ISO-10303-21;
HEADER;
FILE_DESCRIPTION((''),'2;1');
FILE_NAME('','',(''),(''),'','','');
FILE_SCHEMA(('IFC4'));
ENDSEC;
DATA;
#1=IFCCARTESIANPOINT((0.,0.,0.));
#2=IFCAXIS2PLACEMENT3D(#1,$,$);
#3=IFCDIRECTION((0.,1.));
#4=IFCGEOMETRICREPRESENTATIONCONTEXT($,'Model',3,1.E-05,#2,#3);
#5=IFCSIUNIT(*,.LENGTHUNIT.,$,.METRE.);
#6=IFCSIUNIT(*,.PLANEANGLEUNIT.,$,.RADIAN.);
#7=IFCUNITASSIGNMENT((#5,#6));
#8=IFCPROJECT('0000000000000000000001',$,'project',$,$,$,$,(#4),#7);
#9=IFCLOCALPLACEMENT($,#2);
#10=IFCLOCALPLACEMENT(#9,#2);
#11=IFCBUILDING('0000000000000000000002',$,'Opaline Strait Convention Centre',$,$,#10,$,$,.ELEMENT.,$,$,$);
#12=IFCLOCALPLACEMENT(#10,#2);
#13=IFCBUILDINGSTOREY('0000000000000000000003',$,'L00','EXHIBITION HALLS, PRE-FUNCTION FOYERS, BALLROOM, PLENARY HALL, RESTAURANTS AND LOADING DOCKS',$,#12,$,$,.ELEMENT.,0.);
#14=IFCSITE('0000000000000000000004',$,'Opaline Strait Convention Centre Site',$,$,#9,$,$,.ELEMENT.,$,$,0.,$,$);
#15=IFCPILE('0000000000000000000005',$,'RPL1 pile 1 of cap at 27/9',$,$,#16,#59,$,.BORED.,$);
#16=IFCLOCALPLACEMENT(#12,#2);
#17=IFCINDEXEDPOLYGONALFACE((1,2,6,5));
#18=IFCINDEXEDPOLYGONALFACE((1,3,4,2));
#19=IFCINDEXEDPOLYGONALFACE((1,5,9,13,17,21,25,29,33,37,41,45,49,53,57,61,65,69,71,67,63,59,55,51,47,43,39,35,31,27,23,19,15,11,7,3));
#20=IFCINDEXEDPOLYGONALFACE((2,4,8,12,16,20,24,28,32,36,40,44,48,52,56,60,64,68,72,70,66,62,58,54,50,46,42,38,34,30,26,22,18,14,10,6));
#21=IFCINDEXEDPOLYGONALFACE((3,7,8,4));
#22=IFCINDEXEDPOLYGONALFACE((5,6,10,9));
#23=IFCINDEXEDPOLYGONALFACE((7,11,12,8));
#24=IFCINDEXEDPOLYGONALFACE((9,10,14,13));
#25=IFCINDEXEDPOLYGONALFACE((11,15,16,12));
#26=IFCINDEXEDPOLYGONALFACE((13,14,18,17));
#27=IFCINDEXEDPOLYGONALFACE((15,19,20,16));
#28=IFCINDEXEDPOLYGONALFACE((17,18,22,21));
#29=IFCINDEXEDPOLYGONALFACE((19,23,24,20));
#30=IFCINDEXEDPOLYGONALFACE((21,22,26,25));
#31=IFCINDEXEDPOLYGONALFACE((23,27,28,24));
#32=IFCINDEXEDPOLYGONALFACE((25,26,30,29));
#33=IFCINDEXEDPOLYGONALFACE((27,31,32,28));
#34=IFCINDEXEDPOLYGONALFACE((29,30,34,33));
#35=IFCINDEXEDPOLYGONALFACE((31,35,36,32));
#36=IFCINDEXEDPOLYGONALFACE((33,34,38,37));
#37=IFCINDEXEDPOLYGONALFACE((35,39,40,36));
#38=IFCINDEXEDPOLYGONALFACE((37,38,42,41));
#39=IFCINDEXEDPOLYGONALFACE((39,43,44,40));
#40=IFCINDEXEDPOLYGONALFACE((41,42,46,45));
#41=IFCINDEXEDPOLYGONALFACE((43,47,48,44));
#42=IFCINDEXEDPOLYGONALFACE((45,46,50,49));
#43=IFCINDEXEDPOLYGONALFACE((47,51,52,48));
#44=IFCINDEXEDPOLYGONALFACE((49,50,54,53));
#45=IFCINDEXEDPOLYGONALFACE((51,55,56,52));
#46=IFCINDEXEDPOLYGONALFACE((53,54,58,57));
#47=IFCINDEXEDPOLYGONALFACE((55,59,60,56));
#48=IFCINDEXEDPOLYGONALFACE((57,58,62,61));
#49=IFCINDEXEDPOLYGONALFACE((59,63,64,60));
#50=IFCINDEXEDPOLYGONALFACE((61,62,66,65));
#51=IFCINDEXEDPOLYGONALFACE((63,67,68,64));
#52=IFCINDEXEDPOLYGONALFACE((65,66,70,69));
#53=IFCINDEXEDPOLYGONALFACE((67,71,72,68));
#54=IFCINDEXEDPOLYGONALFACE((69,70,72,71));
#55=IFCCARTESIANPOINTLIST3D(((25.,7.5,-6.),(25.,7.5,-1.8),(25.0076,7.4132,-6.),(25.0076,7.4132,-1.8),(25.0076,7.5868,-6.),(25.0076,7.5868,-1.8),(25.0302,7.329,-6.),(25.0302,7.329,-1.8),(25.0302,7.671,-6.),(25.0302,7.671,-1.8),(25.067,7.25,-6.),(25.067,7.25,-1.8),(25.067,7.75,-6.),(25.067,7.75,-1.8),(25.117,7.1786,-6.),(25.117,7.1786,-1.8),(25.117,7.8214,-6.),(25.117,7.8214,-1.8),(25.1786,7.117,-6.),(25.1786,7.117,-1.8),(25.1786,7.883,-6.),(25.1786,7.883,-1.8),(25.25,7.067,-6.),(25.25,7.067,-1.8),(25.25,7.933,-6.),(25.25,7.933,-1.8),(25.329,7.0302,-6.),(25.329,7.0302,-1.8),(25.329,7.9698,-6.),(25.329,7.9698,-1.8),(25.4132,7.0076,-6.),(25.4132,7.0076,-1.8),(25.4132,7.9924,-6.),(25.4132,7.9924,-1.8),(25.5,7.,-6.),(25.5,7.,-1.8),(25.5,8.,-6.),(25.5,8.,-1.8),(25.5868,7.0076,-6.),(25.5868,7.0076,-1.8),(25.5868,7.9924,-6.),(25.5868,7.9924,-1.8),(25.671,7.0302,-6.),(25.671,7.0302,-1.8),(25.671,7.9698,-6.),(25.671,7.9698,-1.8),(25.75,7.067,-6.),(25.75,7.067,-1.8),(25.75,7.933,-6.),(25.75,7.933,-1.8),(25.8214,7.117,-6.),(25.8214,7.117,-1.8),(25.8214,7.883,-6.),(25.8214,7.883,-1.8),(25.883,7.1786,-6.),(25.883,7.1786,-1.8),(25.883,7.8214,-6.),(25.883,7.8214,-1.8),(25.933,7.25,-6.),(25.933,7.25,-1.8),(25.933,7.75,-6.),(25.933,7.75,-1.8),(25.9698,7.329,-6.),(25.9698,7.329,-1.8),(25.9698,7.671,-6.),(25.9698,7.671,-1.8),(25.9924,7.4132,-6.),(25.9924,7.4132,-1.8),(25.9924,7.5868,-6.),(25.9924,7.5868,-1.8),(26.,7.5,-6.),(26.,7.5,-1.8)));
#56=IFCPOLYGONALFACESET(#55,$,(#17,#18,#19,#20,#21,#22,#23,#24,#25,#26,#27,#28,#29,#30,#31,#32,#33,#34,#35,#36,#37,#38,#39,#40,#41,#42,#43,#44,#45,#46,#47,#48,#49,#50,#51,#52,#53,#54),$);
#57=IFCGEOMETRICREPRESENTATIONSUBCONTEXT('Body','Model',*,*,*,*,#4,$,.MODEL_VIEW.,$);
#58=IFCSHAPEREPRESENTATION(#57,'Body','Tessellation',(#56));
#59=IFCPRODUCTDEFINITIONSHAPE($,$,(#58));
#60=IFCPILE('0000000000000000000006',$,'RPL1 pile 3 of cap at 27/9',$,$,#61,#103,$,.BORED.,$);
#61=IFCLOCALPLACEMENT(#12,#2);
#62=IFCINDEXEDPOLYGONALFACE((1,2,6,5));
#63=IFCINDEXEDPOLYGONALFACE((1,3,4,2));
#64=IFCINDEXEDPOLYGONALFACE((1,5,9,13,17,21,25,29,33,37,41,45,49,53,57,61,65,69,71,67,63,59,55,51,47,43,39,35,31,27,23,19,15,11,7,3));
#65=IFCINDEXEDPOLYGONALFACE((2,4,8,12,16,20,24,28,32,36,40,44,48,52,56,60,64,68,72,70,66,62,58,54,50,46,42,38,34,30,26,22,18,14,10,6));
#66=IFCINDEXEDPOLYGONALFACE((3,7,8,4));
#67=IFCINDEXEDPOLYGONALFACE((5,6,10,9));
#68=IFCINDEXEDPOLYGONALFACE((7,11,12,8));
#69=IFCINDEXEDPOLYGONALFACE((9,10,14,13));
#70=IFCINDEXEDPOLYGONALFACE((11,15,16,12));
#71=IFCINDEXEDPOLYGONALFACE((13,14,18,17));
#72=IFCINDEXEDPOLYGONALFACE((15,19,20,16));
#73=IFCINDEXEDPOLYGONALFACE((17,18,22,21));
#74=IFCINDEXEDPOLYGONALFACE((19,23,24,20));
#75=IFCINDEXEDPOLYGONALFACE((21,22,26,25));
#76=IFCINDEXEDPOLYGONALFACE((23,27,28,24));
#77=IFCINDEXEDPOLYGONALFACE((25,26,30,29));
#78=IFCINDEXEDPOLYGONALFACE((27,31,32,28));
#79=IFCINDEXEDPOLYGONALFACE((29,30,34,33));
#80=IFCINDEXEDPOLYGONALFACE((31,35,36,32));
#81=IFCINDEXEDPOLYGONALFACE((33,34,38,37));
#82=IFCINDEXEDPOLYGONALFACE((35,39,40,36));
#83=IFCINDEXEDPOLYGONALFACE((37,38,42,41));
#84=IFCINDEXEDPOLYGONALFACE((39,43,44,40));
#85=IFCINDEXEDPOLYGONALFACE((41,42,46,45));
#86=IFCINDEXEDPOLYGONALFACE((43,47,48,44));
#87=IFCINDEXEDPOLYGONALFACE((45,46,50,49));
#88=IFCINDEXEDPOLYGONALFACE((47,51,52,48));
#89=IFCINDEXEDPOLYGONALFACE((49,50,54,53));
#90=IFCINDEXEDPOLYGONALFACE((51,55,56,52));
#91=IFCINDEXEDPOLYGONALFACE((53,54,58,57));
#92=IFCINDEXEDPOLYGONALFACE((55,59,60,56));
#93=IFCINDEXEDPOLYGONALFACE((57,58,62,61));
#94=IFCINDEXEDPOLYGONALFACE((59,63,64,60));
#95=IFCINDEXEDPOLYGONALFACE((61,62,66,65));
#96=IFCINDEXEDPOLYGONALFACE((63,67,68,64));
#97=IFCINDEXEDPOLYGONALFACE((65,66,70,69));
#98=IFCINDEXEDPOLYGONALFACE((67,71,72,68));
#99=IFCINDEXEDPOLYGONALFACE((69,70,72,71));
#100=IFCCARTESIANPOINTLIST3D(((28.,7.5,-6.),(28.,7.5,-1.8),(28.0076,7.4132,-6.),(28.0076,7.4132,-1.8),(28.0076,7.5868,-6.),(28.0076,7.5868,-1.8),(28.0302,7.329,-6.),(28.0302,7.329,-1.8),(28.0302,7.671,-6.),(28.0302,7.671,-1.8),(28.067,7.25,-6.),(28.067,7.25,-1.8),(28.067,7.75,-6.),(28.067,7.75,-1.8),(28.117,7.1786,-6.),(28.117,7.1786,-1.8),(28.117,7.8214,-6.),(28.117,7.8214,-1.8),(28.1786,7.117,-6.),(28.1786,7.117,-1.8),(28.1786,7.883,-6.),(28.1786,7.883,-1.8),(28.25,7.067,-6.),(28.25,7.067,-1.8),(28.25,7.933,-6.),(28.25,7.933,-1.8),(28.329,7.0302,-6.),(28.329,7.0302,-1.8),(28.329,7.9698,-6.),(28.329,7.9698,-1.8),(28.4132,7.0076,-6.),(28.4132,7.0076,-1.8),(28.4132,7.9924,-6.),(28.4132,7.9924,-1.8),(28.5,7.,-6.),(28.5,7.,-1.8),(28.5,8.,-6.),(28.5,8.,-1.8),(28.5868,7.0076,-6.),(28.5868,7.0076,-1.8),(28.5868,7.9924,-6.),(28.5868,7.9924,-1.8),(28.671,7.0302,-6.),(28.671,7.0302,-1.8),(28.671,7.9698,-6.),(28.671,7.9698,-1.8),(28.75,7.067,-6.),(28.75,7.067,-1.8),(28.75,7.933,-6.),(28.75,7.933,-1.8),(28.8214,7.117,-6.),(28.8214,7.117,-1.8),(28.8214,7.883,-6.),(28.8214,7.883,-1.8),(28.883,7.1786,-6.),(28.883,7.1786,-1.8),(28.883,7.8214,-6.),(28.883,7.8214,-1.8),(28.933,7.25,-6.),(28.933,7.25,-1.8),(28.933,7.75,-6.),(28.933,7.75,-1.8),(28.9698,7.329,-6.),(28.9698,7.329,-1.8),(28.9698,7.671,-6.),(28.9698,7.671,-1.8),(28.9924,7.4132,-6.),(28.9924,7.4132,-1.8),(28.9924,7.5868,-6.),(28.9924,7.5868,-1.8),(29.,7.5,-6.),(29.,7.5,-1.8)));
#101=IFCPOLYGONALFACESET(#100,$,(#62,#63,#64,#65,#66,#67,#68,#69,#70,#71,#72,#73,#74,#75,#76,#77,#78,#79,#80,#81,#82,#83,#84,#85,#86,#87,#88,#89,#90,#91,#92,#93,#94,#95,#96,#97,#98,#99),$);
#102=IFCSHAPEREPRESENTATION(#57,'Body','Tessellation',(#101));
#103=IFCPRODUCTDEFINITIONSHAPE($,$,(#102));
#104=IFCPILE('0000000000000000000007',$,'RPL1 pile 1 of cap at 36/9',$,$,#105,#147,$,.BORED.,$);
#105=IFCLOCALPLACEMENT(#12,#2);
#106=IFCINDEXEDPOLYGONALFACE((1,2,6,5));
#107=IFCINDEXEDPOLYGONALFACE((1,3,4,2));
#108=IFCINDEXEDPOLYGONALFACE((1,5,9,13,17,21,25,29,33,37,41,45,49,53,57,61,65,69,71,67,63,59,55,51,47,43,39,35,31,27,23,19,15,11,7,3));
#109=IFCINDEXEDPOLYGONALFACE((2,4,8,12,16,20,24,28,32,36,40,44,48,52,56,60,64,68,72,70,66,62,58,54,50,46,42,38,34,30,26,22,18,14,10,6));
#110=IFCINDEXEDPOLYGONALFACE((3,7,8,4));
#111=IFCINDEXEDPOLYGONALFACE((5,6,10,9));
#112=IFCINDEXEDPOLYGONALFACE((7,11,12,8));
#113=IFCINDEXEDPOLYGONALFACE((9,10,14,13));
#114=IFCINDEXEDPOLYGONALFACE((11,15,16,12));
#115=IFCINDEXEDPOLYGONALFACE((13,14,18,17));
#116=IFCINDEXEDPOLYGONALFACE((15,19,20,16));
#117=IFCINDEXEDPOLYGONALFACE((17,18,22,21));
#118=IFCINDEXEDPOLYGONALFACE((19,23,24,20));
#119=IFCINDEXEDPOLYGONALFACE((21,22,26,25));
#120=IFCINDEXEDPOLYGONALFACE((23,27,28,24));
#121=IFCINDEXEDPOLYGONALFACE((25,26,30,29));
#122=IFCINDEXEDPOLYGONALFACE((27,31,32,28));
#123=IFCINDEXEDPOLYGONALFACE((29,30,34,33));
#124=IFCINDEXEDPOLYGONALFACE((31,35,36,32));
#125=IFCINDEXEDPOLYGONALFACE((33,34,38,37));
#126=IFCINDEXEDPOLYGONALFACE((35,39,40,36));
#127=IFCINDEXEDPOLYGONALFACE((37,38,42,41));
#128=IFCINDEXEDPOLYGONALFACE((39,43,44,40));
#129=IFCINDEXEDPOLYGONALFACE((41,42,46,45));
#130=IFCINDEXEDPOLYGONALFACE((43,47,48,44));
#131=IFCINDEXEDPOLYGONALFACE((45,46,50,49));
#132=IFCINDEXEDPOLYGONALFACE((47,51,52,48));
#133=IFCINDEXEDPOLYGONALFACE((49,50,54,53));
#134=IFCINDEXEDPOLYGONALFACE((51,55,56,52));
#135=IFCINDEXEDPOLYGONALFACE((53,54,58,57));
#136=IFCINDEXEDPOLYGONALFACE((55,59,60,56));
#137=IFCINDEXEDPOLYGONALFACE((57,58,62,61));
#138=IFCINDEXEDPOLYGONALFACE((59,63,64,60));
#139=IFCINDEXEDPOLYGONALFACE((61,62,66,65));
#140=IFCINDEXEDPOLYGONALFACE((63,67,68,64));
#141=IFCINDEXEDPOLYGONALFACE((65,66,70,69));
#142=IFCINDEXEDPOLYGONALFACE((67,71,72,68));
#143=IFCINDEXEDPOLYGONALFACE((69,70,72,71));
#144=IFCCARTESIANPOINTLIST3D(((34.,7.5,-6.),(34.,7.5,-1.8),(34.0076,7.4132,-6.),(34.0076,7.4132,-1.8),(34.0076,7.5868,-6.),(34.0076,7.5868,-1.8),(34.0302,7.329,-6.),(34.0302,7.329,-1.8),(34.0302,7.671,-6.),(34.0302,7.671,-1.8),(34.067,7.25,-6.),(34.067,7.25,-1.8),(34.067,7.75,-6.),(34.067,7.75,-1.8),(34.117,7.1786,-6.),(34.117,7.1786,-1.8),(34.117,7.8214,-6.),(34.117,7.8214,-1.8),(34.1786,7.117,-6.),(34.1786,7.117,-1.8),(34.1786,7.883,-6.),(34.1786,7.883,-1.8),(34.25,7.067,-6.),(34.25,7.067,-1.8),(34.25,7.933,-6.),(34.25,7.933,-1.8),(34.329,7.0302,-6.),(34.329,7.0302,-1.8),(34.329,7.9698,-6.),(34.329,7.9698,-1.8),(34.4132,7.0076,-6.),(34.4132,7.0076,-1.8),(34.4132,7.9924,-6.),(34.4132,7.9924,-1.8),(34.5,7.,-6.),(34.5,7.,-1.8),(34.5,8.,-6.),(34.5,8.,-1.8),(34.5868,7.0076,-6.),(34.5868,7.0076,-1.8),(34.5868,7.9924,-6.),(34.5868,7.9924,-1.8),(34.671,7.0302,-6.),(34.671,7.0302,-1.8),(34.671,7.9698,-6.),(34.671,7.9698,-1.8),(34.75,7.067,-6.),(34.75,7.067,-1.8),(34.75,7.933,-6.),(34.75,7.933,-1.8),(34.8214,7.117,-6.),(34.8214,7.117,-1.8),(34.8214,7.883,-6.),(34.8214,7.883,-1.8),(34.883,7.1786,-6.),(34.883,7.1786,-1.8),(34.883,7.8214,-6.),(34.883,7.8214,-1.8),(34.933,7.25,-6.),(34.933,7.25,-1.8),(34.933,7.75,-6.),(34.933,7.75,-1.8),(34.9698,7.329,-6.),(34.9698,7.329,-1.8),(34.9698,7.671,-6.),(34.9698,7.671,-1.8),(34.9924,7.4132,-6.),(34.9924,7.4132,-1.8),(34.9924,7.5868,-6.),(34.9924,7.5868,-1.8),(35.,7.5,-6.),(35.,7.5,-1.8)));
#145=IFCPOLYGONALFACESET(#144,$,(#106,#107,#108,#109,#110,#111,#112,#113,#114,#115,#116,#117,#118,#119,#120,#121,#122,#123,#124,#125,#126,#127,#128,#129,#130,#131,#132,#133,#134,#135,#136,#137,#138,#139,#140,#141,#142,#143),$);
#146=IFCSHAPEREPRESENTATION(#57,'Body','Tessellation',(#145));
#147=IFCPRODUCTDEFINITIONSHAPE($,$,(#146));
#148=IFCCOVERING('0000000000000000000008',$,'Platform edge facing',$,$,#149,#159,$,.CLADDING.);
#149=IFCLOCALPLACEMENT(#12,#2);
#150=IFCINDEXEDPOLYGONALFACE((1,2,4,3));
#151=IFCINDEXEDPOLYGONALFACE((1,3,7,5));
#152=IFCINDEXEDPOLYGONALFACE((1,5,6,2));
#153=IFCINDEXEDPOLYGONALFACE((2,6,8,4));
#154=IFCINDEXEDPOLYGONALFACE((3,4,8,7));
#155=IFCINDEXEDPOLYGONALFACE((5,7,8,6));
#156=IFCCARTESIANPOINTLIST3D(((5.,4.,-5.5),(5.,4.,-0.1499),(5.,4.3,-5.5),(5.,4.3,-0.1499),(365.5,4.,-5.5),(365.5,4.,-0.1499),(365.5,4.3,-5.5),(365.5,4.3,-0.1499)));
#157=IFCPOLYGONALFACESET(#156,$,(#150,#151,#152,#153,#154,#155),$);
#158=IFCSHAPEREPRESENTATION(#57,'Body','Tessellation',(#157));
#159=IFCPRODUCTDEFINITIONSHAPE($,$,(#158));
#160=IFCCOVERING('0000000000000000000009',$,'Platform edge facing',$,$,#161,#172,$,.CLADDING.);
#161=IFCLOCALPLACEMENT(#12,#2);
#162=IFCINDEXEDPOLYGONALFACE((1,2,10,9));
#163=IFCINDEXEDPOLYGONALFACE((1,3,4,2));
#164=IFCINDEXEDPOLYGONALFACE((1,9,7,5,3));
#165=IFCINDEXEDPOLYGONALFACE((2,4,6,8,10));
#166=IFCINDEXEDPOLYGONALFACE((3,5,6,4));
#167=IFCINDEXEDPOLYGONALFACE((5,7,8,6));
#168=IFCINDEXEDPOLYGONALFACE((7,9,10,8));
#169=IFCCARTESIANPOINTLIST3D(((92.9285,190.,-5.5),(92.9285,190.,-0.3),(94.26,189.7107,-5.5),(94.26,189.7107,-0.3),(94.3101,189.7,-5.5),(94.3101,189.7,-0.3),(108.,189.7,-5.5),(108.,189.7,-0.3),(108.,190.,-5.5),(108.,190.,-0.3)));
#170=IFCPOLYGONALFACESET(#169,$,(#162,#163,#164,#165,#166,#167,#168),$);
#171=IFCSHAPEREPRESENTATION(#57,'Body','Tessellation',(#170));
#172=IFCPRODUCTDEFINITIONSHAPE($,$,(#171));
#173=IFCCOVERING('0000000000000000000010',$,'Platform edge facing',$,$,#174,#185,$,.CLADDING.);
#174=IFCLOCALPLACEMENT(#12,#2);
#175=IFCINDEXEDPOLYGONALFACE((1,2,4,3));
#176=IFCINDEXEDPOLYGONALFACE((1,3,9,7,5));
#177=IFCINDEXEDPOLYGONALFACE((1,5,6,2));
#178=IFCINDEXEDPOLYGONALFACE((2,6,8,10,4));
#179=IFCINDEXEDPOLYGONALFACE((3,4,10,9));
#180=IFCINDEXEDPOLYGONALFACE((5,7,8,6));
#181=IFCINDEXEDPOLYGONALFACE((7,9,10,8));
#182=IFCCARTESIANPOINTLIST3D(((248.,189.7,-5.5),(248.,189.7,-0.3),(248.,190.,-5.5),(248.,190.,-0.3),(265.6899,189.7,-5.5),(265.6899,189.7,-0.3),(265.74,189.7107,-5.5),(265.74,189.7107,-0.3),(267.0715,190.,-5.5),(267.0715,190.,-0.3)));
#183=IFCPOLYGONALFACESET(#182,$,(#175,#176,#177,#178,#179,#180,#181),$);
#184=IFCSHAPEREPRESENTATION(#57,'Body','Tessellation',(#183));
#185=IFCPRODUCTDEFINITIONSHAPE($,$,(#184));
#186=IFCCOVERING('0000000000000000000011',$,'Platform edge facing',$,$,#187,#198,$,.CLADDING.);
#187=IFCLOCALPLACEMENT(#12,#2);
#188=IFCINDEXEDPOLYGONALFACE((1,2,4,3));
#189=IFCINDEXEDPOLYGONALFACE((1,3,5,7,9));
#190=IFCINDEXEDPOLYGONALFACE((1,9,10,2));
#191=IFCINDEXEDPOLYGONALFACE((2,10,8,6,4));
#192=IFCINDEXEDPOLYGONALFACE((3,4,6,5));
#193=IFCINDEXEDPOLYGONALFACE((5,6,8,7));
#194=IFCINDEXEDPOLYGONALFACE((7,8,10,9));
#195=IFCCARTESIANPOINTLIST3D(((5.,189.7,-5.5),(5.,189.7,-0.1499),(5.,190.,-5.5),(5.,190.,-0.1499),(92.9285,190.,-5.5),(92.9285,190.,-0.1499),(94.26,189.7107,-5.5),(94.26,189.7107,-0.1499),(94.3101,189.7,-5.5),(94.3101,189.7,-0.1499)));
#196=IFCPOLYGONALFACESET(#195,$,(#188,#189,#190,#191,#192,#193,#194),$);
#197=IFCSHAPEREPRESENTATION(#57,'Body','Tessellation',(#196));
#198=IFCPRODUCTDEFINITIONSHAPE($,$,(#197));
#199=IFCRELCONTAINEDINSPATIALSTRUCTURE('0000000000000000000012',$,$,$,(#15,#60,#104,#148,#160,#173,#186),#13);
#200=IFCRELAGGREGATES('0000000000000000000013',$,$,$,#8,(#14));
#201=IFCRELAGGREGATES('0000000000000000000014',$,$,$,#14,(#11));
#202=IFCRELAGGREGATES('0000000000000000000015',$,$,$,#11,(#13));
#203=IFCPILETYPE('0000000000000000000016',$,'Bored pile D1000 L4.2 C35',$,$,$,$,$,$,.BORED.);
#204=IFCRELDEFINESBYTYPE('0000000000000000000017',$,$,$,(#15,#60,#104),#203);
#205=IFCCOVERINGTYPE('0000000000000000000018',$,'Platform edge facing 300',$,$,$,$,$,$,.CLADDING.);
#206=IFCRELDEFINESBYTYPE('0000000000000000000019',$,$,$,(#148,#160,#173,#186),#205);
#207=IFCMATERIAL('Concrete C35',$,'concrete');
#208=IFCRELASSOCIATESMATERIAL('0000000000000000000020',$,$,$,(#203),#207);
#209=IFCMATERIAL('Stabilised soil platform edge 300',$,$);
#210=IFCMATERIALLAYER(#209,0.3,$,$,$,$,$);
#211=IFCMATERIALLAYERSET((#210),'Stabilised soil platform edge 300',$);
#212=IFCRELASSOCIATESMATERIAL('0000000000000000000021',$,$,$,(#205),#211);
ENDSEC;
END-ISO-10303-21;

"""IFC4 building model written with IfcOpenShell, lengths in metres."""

from ifc_helpers import new_model, si_unit, direction, frame, origin, origin_2d, place, context, subcontext, project, spatial, polyline, circle, outline, extrude, material, layer, layer_set, material_profile, profile_set, type_object, element, save


model = new_model("IFC4")

# Units and contexts
model_context = context("Model", 3, precision=1e-05, world=origin(), true_north=direction((0.0, 1.0)))
body_context = subcontext(model_context, "Body", "Model", "MODEL_VIEW")
ifc_project = project(units=[si_unit("LENGTHUNIT", "METRE"), si_unit("PLANEANGLEUNIT", "RADIAN")], contexts=[model_context])

# Site, building, storey
site_placement = place(None, origin())
site = spatial("IfcSite", under=ifc_project, at=site_placement, Name="Opaline Strait Convention Centre Site", CompositionType="ELEMENT", RefElevation=0.0)
building_placement = place(site_placement, origin())
building = spatial("IfcBuilding", under=site, at=building_placement, Name="Opaline Strait Convention Centre", CompositionType="ELEMENT")
storey_placement = place(building_placement, origin())
storey = spatial("IfcBuildingStorey", under=building, at=storey_placement, Name="L00", Description="EXHIBITION HALLS, PRE-FUNCTION FOYERS, BALLROOM, PLENARY HALL, RESTAURANTS AND LOADING DOCKS", CompositionType="ELEMENT", Elevation=0.0)

# Piles
ifc_material_1 = material(Name="Concrete C35", Category="concrete")
ifc_material_profile = material_profile(ifc_material_1, circle(Radius=0.5, at=origin_2d()), Name="D1000")
ifc_profile_set = profile_set([ifc_material_profile], Name="Concrete C35")
pile_type = type_object("IfcPileType", Name="Bored pile D1000 L4.2 C35", PredefinedType="BORED", material=ifc_profile_set)
for number, where, z_axis, x_axis, name in (
    (1, (25.5, 7.5, -1.8), (0.0, 0.0, -1.0), (1.0, 0.0, 0.0), "RPL1 pile 1 of cap at 27/9"),
    (2, (28.5, 7.5, -1.8), (0.0, 0.0, -1.0), (1.0, 0.0, 0.0), "RPL1 pile 3 of cap at 27/9"),
    (3, (34.5, 7.5, -1.8), (0.0, 0.0, -1.0), (1.0, 0.0, 0.0), "RPL1 pile 1 of cap at 36/9"),
):
    element("IfcPile", number, at=place(storey_placement, frame(where, z_axis=z_axis, x_axis=x_axis)), inside=storey, type_object=pile_type, Name=name, PredefinedType="BORED", context=body_context, shape_type="SweptSolid", body=[
        extrude(circle(Radius=0.5, at=origin_2d()), origin(), (0.0, 0.0, 1.0), 4.2),
    ])

# Coverings
ifc_material_2 = material(Name="Stabilised soil platform edge 300")
ifc_layer_1 = layer(ifc_material_2, 0.3)
ifc_layer_set_1 = layer_set([ifc_layer_1], Name="Stabilised soil platform edge 300")
covering_type_1 = type_object("IfcCoveringType", Name="Platform edge facing 300", PredefinedType="CLADDING", material=ifc_layer_set_1)
covering_1_placement = place(storey_placement, frame((0.0, 0.0, -5.5)))
element("IfcCovering", 4, at=covering_1_placement, inside=storey, type_object=covering_type_1, Name="Platform edge facing", PredefinedType="CLADDING", context=body_context, shape_type="SweptSolid", body=[
    extrude(outline(polyline([(5.0, 4.0), (365.5, 4.0), (365.5, 4.3), (5.0, 4.3), (5.0, 4.0)])), origin(), (0.0, 0.0, 1.0), 5.3501),
])
covering_2_placement = place(storey_placement, frame((0.0, 0.0, -5.5)))
element("IfcCovering", 5, at=covering_2_placement, inside=storey, type_object=covering_type_1, Name="Platform edge facing", PredefinedType="CLADDING", context=body_context, shape_type="SweptSolid", body=[
    extrude(outline(polyline([(108.0, 190.0), (92.9285, 190.0), (94.26, 189.7107), (94.3101, 189.7), (108.0, 189.7), (108.0, 190.0)])), origin(), (0.0, 0.0, 1.0), 5.2),
])
covering_3_placement = place(storey_placement, frame((0.0, 0.0, -5.5)))
element("IfcCovering", 6, at=covering_3_placement, inside=storey, type_object=covering_type_1, Name="Platform edge facing", PredefinedType="CLADDING", context=body_context, shape_type="SweptSolid", body=[
    extrude(outline(polyline([(267.0715, 190.0), (248.0, 190.0), (248.0, 189.7), (265.6899, 189.7), (265.74, 189.7107), (267.0715, 190.0)])), origin(), (0.0, 0.0, 1.0), 5.2),
])
covering_4_placement = place(storey_placement, frame((0.0, 0.0, -5.5)))
element("IfcCovering", 7, at=covering_4_placement, inside=storey, type_object=covering_type_1, Name="Platform edge facing", PredefinedType="CLADDING", context=body_context, shape_type="SweptSolid", body=[
    extrude(outline(polyline([(5.0, 189.7), (94.3101, 189.7), (94.26, 189.7107), (92.9285, 190.0), (5.0, 190.0), (5.0, 189.7)])), origin(), (0.0, 0.0, 1.0), 5.3501),
])

save(model, "model.ifc")
